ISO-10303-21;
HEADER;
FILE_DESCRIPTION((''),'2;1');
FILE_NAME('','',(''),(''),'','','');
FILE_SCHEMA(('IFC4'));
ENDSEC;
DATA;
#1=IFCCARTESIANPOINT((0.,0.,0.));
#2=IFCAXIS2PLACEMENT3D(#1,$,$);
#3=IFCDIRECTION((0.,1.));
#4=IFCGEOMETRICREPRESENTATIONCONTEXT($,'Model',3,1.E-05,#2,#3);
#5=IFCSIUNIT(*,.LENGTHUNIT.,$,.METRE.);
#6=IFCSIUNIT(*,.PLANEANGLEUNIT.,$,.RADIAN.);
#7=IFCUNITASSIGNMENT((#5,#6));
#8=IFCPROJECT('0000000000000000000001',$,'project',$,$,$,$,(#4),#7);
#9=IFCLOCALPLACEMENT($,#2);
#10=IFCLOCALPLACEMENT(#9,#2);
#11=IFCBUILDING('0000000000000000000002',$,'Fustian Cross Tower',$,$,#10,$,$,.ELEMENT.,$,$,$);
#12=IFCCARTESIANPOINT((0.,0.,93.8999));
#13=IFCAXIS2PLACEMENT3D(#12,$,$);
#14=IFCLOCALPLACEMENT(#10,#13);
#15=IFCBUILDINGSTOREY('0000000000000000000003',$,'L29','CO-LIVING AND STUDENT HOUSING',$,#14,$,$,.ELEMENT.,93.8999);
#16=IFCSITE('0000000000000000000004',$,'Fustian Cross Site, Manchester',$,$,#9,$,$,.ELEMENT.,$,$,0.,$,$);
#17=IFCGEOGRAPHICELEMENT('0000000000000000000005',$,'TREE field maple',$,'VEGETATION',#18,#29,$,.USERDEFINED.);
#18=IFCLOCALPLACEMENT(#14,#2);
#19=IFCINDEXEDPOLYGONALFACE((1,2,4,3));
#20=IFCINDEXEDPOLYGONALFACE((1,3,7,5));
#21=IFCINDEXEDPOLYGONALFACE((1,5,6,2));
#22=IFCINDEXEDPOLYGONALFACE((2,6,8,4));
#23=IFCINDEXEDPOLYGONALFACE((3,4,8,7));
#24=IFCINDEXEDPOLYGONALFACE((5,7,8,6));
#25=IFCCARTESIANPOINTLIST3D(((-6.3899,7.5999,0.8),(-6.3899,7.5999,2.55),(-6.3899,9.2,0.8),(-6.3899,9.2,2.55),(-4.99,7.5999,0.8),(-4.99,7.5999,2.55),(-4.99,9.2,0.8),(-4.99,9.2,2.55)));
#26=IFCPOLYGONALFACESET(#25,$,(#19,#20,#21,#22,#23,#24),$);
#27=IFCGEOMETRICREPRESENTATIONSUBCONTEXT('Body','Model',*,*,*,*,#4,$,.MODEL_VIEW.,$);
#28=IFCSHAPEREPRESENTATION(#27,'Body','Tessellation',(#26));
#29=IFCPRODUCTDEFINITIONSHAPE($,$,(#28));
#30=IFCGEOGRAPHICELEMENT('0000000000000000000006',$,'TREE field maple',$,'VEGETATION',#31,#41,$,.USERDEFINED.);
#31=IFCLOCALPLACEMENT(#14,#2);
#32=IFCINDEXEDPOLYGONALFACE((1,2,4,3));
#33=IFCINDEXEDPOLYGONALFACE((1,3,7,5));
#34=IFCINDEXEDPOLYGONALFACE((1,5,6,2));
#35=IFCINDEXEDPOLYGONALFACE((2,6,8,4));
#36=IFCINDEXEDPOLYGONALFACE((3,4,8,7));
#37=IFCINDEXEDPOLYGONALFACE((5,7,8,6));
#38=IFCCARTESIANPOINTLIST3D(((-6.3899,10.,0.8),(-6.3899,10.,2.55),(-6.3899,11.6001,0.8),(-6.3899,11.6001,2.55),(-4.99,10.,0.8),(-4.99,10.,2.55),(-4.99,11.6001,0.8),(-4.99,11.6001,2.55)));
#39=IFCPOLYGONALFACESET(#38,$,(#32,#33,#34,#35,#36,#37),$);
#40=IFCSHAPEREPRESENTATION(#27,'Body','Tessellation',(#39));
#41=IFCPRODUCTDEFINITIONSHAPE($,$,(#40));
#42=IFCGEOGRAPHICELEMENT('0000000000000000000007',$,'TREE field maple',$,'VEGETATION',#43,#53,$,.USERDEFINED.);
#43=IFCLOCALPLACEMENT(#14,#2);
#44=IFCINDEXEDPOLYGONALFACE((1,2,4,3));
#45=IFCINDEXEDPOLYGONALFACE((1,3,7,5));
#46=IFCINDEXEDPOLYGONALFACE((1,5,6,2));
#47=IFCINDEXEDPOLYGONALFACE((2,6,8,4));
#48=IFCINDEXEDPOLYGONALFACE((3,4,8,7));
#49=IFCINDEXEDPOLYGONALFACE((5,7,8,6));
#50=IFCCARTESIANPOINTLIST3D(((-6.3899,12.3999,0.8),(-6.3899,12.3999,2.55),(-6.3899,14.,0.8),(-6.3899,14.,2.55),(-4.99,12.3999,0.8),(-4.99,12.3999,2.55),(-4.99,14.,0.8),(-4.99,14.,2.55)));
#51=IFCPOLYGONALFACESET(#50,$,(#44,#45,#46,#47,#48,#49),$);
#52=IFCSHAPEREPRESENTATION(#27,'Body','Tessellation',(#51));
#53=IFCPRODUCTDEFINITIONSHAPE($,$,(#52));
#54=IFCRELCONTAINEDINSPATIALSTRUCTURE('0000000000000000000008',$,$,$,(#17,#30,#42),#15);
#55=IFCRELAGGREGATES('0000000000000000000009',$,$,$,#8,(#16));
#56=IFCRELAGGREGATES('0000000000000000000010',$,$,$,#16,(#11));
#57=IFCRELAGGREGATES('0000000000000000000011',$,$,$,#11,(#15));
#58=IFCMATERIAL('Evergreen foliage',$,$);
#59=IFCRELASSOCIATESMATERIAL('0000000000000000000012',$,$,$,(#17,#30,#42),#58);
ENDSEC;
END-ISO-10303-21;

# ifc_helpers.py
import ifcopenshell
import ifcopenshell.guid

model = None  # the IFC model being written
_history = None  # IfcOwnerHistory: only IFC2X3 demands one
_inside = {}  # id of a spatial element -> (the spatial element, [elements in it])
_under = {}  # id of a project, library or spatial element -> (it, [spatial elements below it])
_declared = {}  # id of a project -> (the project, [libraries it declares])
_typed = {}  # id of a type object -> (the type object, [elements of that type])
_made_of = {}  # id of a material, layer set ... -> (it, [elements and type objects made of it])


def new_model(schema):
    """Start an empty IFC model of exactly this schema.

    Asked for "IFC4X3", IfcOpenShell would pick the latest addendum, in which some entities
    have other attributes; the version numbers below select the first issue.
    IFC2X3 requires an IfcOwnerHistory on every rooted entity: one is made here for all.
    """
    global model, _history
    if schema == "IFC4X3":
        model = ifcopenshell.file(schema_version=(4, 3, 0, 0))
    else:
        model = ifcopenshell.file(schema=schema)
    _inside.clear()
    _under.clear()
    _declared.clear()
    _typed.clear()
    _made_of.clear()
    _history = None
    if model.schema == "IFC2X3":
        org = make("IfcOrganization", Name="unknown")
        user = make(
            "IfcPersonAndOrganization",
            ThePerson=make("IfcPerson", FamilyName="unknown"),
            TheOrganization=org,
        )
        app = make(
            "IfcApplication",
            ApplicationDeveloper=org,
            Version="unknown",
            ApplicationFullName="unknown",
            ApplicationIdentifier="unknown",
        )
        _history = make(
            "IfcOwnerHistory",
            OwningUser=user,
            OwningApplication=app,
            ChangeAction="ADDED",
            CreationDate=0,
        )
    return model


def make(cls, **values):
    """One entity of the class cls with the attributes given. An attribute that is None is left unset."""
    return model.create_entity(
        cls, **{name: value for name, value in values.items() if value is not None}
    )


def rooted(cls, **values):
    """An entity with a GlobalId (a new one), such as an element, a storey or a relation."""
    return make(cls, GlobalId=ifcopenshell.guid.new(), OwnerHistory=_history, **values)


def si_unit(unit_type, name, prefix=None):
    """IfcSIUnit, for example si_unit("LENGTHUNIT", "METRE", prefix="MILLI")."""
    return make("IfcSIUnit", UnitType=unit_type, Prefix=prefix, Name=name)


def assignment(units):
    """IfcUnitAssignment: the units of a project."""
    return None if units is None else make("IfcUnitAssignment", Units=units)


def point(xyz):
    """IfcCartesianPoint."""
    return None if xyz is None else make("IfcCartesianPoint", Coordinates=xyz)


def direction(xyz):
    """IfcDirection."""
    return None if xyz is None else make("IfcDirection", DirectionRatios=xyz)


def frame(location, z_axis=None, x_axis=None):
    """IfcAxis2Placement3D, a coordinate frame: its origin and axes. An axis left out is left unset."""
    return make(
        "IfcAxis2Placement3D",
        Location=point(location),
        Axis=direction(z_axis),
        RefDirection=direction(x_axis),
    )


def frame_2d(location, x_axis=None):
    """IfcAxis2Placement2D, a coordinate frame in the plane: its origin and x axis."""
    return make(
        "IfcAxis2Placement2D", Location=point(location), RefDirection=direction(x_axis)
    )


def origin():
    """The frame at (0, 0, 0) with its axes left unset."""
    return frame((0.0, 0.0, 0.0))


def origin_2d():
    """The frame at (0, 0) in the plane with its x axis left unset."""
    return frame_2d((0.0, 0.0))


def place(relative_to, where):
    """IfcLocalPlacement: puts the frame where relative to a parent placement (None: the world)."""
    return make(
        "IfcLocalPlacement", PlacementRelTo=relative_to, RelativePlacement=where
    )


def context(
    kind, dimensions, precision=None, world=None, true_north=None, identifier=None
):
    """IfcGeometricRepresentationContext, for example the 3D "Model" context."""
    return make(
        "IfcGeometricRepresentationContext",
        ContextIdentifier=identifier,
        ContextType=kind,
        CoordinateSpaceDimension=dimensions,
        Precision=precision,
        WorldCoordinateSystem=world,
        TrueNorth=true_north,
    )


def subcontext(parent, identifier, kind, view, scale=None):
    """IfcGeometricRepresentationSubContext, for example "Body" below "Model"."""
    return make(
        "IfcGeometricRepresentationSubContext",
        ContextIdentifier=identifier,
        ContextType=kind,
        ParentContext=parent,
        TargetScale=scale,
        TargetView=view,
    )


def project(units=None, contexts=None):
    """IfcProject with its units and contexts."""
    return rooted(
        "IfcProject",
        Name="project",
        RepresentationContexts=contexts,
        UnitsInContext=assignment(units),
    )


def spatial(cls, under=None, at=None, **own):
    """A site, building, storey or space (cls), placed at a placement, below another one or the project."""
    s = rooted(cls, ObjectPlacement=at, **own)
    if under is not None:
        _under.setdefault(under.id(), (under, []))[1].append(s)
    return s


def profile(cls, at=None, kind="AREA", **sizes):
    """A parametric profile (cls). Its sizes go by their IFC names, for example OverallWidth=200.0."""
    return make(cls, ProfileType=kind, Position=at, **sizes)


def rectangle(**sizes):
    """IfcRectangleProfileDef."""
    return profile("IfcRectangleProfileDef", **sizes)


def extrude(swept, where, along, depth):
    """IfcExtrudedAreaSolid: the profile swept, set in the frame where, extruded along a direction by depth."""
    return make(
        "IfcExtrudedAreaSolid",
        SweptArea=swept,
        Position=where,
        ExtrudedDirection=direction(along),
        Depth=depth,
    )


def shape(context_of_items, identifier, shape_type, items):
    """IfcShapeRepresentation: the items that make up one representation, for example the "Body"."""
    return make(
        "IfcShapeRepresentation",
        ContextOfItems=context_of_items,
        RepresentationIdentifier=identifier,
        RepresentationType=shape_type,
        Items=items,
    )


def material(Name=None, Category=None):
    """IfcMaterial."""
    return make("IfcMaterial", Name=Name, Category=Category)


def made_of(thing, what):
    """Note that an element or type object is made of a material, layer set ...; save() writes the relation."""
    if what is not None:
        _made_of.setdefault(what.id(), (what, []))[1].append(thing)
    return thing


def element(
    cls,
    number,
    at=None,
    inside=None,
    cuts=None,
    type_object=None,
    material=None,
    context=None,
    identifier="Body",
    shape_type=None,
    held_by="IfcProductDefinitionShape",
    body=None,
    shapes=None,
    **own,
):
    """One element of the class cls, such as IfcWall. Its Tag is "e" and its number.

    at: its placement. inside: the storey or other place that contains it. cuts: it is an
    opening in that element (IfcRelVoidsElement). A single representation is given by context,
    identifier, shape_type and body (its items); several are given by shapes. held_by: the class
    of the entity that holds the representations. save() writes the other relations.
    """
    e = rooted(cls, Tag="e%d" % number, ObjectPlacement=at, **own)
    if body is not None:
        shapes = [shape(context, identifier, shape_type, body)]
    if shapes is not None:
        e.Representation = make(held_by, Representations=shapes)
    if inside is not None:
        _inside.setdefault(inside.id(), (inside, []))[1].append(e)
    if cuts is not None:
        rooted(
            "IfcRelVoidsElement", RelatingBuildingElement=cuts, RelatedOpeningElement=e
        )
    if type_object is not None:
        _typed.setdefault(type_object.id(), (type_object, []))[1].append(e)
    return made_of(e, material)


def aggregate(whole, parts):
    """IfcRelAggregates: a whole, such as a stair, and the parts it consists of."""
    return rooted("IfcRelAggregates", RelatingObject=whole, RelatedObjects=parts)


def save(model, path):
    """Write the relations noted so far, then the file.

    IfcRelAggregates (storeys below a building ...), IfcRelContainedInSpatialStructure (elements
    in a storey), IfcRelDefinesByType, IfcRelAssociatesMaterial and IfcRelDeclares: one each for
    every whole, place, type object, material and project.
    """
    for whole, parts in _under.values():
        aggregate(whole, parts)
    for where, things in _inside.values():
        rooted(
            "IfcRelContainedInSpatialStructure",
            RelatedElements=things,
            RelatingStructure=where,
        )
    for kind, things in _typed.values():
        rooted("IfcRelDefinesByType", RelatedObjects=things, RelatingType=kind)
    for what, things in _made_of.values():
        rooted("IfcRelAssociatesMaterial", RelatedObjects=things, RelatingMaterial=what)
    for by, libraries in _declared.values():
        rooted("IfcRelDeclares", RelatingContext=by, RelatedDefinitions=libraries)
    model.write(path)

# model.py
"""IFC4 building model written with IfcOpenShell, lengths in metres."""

from ifc_helpers import new_model, si_unit, direction, frame, origin, origin_2d, place, context, subcontext, project, spatial, rectangle, extrude, material, element, save


model = new_model("IFC4")

# Units and contexts
model_context = context("Model", 3, precision=1e-05, world=origin(), true_north=direction((0.0, 1.0)))
body_context = subcontext(model_context, "Body", "Model", "MODEL_VIEW")
ifc_project = project(units=[si_unit("LENGTHUNIT", "METRE"), si_unit("PLANEANGLEUNIT", "RADIAN")], contexts=[model_context])

# Site, building, storey
site_placement = place(None, origin())
site = spatial("IfcSite", under=ifc_project, at=site_placement, Name="Fustian Cross Site, Manchester", CompositionType="ELEMENT", RefElevation=0.0)
building_placement = place(site_placement, origin())
building = spatial("IfcBuilding", under=site, at=building_placement, Name="Fustian Cross Tower", CompositionType="ELEMENT")
storey_placement = place(building_placement, frame((0.0, 0.0, 93.8999)))
storey = spatial("IfcBuildingStorey", under=building, at=storey_placement, Name="L29", Description="CO-LIVING AND STUDENT HOUSING", CompositionType="ELEMENT", Elevation=93.8999)

# Geographic elements
ifc_material_1 = material(Name="Evergreen foliage")
for number, where, z_axis, x_axis, name in (
    (1, (-5.6899, 8.3999, 0.8), (0.0, 0.0, 1.0), (1.0, 0.0, 0.0), "TREE field maple"),
    (2, (-5.6899, 10.8, 0.8), (0.0, 0.0, 1.0), (1.0, 0.0, 0.0), "TREE field maple"),
    (3, (-5.6899, 13.2, 0.8), (0.0, 0.0, 1.0), (1.0, 0.0, 0.0), "TREE field maple"),
):
    element("IfcGeographicElement", number, at=place(storey_placement, frame(where, z_axis=z_axis, x_axis=x_axis)), inside=storey, material=ifc_material_1, Name=name, ObjectType="VEGETATION", PredefinedType="USERDEFINED", context=body_context, shape_type="SweptSolid", body=[
        extrude(rectangle(XDim=1.3999, YDim=1.6001, at=origin_2d()), origin(), (0.0, 0.0, 1.0), 1.75),
    ])

save(model, "model.ifc")
